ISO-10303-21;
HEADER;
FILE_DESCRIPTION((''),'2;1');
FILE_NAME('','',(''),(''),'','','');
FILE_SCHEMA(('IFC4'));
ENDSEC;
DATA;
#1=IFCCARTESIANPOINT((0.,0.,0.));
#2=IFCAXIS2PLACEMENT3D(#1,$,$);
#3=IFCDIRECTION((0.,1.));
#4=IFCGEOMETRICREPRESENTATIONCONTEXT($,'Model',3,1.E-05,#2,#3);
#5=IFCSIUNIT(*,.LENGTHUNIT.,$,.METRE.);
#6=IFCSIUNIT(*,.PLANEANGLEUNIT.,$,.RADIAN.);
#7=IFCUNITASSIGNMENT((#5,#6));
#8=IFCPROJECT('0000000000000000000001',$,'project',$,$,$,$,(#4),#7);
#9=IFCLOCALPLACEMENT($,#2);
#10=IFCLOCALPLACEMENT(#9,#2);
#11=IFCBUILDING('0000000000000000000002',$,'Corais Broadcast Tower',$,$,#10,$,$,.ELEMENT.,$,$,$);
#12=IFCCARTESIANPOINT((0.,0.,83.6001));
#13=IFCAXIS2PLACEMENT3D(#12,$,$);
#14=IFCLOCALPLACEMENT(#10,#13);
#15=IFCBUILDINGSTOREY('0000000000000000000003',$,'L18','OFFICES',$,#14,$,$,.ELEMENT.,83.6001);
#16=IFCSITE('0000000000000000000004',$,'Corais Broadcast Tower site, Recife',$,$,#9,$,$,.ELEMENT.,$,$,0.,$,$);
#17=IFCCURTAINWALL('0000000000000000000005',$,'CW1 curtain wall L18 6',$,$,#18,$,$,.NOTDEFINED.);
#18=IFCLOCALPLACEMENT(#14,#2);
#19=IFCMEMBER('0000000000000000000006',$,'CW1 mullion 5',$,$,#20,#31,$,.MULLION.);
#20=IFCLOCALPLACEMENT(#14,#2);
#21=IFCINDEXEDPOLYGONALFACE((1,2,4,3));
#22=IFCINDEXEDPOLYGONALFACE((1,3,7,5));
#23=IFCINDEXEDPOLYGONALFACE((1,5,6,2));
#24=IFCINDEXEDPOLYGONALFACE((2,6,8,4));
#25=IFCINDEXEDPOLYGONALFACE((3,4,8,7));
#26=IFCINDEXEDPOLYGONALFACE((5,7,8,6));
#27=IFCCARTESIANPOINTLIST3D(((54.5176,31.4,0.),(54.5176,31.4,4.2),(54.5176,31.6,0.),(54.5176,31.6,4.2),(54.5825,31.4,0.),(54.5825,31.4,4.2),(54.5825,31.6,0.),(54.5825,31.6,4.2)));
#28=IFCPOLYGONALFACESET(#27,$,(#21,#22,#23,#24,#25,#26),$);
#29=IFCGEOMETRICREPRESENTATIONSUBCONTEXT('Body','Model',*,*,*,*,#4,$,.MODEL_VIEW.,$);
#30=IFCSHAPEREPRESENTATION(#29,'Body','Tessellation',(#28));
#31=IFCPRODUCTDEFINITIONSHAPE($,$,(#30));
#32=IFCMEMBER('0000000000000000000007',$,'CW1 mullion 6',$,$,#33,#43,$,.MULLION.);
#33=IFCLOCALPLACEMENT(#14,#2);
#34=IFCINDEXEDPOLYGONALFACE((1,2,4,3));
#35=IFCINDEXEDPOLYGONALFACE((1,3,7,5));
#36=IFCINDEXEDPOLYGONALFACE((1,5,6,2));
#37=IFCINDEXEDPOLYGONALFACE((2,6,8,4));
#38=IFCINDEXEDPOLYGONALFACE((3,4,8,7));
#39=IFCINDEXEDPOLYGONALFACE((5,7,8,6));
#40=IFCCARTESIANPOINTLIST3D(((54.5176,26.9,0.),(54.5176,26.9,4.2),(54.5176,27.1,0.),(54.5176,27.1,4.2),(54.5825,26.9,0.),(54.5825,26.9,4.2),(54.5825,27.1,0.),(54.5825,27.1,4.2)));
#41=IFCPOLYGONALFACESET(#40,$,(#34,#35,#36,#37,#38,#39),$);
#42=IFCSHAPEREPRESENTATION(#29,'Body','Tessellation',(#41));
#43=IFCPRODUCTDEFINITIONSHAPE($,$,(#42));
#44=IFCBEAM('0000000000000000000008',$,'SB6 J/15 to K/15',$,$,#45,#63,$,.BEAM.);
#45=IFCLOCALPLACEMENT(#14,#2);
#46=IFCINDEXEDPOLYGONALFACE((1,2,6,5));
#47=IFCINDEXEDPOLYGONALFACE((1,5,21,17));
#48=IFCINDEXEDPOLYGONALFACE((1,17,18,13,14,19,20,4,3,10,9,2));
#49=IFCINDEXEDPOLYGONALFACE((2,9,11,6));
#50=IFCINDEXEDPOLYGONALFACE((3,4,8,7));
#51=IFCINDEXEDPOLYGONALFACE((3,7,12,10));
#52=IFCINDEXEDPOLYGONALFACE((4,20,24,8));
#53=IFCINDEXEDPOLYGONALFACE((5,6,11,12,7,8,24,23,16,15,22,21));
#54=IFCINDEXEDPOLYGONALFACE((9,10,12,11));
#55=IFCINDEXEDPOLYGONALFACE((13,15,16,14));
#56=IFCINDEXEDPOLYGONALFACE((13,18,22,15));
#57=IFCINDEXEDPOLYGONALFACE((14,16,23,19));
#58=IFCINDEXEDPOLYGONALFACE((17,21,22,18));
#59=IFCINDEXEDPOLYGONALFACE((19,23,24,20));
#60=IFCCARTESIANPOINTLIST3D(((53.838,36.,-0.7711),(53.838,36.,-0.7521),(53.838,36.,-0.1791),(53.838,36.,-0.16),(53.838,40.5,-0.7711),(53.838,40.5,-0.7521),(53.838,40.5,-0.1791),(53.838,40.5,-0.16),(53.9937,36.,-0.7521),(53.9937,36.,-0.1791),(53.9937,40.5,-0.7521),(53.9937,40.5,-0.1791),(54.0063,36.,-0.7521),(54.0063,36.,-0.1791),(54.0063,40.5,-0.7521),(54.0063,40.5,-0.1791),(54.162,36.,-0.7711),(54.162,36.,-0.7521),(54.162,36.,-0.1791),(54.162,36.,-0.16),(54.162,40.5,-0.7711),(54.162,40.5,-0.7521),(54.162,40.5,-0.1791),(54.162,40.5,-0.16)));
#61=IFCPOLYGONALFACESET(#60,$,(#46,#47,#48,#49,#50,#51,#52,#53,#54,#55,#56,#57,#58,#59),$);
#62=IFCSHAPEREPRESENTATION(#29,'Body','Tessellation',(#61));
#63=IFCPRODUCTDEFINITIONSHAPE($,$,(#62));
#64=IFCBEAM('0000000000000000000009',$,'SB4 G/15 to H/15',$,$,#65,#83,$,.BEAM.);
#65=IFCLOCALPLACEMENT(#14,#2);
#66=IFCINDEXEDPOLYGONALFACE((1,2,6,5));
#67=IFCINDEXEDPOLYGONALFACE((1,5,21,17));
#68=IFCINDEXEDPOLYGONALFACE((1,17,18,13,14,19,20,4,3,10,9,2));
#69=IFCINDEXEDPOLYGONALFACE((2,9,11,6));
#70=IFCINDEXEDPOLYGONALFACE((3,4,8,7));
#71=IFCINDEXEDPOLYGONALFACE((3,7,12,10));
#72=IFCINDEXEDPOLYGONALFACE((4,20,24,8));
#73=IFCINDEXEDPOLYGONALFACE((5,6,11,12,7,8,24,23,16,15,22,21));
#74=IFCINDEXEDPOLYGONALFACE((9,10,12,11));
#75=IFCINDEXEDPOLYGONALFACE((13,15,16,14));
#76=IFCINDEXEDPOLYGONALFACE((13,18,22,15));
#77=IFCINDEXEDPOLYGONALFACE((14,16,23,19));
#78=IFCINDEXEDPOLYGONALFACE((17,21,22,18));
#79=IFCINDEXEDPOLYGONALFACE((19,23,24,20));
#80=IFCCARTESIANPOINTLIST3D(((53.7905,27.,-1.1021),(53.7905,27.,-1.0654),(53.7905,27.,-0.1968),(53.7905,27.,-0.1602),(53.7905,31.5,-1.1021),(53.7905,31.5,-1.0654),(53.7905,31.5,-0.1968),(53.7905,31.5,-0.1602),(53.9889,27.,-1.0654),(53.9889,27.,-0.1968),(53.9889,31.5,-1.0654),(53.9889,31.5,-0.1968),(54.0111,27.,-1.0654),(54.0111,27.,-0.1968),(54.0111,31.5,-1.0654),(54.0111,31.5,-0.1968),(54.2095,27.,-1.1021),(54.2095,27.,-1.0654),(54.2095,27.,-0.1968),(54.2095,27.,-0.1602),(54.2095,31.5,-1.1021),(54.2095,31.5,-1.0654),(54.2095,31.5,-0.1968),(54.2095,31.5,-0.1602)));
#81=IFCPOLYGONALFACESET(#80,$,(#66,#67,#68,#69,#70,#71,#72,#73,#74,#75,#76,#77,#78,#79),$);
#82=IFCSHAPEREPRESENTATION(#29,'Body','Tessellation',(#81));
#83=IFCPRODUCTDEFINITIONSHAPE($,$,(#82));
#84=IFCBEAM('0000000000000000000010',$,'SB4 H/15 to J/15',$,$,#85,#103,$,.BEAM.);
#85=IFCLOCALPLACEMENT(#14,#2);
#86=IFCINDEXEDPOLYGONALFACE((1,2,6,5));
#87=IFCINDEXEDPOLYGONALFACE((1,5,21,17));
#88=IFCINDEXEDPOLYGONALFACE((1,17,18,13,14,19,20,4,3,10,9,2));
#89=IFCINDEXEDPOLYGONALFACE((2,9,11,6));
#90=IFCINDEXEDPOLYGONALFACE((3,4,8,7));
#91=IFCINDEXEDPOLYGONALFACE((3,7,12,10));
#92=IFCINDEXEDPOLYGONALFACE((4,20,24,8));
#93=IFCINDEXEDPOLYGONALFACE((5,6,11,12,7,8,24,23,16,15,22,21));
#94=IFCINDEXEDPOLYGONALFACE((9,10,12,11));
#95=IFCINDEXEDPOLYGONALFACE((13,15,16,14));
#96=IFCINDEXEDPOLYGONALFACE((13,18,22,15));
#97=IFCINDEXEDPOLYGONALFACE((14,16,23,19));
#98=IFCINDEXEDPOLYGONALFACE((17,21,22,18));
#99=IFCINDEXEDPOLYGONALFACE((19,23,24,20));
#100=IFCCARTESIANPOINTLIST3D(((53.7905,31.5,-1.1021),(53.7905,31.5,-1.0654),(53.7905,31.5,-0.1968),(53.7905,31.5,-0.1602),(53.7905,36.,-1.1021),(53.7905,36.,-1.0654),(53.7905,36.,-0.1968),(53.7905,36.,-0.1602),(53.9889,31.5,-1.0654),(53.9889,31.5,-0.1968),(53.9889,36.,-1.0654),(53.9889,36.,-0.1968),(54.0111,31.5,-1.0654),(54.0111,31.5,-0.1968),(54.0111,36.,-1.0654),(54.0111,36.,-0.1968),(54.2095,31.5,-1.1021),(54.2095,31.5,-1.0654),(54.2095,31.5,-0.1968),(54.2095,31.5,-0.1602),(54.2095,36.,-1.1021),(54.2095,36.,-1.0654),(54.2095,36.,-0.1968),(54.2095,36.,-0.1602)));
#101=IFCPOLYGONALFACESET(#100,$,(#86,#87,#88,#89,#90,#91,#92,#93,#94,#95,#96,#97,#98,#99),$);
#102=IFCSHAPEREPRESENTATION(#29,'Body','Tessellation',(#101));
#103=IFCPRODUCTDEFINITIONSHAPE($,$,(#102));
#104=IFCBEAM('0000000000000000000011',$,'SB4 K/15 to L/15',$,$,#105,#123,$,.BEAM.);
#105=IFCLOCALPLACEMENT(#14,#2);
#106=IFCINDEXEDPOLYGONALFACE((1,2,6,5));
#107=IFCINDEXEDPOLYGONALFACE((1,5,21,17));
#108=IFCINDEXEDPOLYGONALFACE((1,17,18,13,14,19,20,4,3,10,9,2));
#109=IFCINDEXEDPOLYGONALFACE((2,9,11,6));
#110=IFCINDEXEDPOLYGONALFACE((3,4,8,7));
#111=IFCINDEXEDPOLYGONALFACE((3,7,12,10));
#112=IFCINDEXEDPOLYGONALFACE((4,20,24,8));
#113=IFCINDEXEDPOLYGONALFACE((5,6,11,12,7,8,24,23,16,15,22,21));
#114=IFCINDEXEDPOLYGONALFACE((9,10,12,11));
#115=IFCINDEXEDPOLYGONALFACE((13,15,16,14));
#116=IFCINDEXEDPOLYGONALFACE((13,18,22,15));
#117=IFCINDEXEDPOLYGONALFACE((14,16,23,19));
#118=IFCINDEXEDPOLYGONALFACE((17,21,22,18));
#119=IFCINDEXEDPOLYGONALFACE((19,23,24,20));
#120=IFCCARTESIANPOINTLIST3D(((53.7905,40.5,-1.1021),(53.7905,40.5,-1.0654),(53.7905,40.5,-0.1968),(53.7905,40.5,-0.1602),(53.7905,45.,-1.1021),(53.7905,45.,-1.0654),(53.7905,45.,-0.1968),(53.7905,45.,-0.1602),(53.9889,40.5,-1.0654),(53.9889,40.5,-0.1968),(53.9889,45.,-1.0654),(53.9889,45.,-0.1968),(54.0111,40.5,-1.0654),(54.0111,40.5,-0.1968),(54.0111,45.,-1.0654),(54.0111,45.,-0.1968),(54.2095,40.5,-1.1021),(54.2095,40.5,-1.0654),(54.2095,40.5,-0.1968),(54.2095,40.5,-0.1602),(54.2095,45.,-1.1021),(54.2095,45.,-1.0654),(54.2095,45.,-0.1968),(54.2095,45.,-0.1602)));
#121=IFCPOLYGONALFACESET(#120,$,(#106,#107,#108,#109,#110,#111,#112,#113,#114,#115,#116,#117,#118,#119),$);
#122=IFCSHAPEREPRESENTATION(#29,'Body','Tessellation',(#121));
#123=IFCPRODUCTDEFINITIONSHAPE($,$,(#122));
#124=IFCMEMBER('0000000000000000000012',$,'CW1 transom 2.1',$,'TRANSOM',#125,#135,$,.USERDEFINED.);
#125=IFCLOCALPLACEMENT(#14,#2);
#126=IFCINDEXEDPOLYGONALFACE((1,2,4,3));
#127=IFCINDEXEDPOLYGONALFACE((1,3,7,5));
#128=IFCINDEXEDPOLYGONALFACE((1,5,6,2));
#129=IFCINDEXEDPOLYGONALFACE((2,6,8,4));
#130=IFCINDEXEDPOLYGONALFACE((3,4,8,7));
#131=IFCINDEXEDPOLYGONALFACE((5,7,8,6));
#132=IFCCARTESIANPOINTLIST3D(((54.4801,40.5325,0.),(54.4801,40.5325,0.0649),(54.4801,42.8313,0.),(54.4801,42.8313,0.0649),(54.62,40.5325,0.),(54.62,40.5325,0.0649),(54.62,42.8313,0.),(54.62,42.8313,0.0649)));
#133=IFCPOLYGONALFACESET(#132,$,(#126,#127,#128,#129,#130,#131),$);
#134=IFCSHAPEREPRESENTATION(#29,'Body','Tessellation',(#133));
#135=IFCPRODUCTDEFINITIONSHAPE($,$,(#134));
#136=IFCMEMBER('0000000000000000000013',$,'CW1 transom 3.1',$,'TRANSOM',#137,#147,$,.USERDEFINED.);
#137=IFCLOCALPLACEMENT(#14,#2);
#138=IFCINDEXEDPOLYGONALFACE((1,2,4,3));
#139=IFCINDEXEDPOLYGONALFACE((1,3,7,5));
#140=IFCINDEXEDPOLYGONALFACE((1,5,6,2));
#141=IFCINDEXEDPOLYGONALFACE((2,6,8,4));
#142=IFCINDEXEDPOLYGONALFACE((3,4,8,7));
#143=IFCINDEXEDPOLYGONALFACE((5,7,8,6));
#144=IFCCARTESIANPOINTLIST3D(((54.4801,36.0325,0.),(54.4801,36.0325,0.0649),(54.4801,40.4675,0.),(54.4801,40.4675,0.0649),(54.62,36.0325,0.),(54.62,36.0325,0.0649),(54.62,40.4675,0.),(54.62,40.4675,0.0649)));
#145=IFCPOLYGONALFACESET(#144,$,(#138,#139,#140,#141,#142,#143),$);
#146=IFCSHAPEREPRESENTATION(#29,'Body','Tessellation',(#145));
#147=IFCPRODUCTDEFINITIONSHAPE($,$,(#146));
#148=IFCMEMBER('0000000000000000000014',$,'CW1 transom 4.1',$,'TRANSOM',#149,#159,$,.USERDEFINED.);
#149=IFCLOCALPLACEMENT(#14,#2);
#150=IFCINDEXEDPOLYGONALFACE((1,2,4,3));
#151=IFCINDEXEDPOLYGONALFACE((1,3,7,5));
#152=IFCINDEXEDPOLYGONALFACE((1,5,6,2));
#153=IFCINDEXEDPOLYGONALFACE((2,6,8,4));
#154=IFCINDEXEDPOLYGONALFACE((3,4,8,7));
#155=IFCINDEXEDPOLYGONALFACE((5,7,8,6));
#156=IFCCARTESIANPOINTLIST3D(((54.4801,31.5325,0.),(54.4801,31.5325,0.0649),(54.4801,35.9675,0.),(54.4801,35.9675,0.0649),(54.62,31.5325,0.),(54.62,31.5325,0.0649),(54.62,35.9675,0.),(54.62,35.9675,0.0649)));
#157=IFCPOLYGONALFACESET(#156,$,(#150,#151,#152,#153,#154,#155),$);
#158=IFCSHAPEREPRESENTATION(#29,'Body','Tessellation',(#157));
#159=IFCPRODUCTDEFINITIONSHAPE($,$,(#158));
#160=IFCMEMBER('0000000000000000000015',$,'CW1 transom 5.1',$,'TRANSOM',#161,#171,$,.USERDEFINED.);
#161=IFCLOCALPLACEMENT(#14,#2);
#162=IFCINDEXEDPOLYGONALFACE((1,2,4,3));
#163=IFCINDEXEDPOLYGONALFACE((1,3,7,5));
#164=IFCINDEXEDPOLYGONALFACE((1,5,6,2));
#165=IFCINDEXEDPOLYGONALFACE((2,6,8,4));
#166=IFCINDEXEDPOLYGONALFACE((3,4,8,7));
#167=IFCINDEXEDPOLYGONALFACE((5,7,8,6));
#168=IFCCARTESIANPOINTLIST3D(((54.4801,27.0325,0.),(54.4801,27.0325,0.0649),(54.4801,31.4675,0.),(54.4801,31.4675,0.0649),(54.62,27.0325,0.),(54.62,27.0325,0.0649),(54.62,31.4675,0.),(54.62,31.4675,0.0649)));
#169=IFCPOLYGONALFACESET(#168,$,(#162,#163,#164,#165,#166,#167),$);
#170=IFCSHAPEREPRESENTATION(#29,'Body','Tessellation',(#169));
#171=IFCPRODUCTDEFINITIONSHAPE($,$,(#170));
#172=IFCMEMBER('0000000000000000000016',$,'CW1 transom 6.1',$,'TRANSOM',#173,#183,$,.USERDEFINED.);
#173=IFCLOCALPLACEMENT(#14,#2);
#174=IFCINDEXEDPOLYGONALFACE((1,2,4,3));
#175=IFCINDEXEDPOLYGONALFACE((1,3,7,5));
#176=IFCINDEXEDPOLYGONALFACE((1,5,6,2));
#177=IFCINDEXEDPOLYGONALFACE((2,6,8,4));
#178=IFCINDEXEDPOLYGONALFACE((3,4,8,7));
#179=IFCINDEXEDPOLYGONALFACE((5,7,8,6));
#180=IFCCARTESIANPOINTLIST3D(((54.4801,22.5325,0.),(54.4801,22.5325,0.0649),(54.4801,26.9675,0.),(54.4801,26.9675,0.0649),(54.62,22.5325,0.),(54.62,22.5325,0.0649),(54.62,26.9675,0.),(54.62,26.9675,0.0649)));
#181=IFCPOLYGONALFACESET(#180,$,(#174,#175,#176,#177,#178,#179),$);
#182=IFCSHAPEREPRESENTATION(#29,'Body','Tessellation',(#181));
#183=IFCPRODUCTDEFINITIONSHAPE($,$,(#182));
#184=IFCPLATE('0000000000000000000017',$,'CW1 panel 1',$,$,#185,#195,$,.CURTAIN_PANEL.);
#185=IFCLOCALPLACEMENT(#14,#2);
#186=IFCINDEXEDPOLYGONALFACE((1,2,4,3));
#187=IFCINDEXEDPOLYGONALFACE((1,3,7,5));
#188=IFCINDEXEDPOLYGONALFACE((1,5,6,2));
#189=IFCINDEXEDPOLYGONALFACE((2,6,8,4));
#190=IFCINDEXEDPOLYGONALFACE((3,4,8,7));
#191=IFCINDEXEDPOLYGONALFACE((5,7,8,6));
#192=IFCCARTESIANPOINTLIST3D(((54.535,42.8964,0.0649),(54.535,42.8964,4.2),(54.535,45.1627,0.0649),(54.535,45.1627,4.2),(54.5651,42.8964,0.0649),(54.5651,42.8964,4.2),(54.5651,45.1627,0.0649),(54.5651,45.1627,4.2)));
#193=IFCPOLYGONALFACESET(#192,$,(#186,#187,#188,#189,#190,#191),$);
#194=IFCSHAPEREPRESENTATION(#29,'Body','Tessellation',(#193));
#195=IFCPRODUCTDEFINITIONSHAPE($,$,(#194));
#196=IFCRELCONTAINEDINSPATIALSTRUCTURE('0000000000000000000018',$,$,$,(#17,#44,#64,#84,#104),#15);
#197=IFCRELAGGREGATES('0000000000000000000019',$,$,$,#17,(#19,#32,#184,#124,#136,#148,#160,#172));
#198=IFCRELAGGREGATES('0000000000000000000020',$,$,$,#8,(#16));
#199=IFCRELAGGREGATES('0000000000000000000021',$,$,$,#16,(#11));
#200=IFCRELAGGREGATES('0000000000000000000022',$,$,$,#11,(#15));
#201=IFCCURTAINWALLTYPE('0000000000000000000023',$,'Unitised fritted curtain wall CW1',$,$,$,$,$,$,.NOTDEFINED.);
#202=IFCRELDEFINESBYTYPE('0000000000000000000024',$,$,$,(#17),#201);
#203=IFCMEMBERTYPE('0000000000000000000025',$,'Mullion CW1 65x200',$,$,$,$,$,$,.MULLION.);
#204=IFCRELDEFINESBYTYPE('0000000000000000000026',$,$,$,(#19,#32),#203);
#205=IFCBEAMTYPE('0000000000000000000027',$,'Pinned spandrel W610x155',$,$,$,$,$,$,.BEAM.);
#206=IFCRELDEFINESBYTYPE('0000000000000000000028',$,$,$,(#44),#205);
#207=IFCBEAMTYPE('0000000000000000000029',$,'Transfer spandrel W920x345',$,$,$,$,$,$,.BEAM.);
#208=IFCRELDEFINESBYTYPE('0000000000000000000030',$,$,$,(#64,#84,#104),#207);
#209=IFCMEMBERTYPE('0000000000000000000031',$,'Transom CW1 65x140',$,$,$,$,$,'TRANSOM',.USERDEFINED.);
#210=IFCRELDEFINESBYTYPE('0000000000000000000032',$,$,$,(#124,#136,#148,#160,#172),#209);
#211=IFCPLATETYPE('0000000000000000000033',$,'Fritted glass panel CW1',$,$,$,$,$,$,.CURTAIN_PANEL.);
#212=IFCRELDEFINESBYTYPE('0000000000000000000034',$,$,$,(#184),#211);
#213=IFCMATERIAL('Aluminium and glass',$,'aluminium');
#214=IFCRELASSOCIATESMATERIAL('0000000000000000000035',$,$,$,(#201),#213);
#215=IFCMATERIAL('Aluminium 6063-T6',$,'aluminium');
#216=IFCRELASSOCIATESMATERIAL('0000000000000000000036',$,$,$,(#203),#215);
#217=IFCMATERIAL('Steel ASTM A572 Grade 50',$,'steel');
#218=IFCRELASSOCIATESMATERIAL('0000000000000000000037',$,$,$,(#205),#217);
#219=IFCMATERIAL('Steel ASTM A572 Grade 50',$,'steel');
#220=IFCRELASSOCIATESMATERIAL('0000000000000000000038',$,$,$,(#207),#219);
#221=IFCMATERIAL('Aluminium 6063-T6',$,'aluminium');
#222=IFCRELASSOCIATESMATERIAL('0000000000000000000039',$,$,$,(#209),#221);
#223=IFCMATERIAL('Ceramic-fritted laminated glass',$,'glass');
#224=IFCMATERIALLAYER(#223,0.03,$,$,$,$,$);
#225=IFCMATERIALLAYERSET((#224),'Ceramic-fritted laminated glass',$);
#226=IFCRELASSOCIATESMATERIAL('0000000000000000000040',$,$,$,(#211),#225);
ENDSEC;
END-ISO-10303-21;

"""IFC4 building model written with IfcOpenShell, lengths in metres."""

from ifc_helpers import new_model, si_unit, direction, frame, origin, origin_2d, place, context, subcontext, project, spatial, rectangle, i_section, extrude, material, layer, layer_set, material_profile, profile_set, type_object, element, aggregate, save


model = new_model("IFC4")

# Units and contexts
model_context = context("Model", 3, precision=1e-05, world=origin(), true_north=direction((0.0, 1.0)))
body_context = subcontext(model_context, "Body", "Model", "MODEL_VIEW")
ifc_project = project(units=[si_unit("LENGTHUNIT", "METRE"), si_unit("PLANEANGLEUNIT", "RADIAN")], contexts=[model_context])

# Site, building, storey
site_placement = place(None, origin())
site = spatial("IfcSite", under=ifc_project, at=site_placement, Name="Corais Broadcast Tower site, Recife", CompositionType="ELEMENT", RefElevation=0.0)
building_placement = place(site_placement, origin())
building = spatial("IfcBuilding", under=site, at=building_placement, Name="Corais Broadcast Tower", CompositionType="ELEMENT")
storey_placement = place(building_placement, frame((0.0, 0.0, 83.6001)))
storey = spatial("IfcBuildingStorey", under=building, at=storey_placement, Name="L18", Description="OFFICES", CompositionType="ELEMENT", Elevation=83.6001)

# Curtain wall, members
ifc_material_1 = material(Name="Aluminium and glass", Category="aluminium")
curtain_wall_type = type_object("IfcCurtainWallType", Name="Unitised fritted curtain wall CW1", PredefinedType="NOTDEFINED", material=ifc_material_1)
curtain_wall_placement = place(storey_placement, origin())
curtain_wall = element("IfcCurtainWall", 1, at=curtain_wall_placement, inside=storey, type_object=curtain_wall_type, Name="CW1 curtain wall L18 6", PredefinedType="NOTDEFINED")
ifc_material_2 = material(Name="Aluminium 6063-T6", Category="aluminium")
ifc_material_profile_1 = material_profile(ifc_material_2, rectangle(XDim=0.0649, YDim=0.2, at=origin_2d()), Name="Mullion CW1 65x200")
ifc_profile_set_1 = profile_set([ifc_material_profile_1], Name="Aluminium 6063-T6")
member_type_1 = type_object("IfcMemberType", Name="Mullion CW1 65x200", PredefinedType="MULLION", material=ifc_profile_set_1)
member_1_placement = place(storey_placement, frame((54.55, 31.5, 0.0), z_axis=(0.0, 0.0, 1.0), x_axis=(1.0, 0.0, 0.0)))
member_1 = element("IfcMember", 2, at=member_1_placement, type_object=member_type_1, Name="CW1 mullion 5", PredefinedType="MULLION", context=body_context, shape_type="SweptSolid", body=[
    extrude(rectangle(XDim=0.0649, YDim=0.2, at=origin_2d()), origin(), (0.0, 0.0, 1.0), 4.2),
])
member_2_placement = place(storey_placement, frame((54.55, 27.0, 0.0), z_axis=(0.0, 0.0, 1.0), x_axis=(1.0, 0.0, 0.0)))
member_2 = element("IfcMember", 3, at=member_2_placement, type_object=member_type_1, Name="CW1 mullion 6", PredefinedType="MULLION", context=body_context, shape_type="SweptSolid", body=[
    extrude(rectangle(XDim=0.0649, YDim=0.2, at=origin_2d()), origin(), (0.0, 0.0, 1.0), 4.2),
])

# Beams
ifc_material_3 = material(Name="Steel ASTM A572 Grade 50", Category="steel")
ifc_material_profile_2 = material_profile(ifc_material_3, i_section(OverallWidth=0.324, OverallDepth=0.6111, WebThickness=0.0127, FlangeThickness=0.019, at=origin_2d()), Name="W610x155")
ifc_profile_set_2 = profile_set([ifc_material_profile_2], Name="Steel ASTM A572 Grade 50")
beam_type_1 = type_object("IfcBeamType", Name="Pinned spandrel W610x155", PredefinedType="BEAM", material=ifc_profile_set_2)
beam_placement = place(storey_placement, frame((54.0, 36.0, -0.4656), z_axis=(0.0, 1.0, 0.0), x_axis=(-1.0, 0.0, 0.0)))
element("IfcBeam", 4, at=beam_placement, inside=storey, type_object=beam_type_1, Name="SB6 J/15 to K/15", PredefinedType="BEAM", context=body_context, shape_type="SweptSolid", body=[
    extrude(i_section(OverallWidth=0.324, OverallDepth=0.6111, WebThickness=0.0127, FlangeThickness=0.019, at=origin_2d()), origin(), (0.0, 0.0, 1.0), 4.5),
])
ifc_material_4 = material(Name="Steel ASTM A572 Grade 50", Category="steel")
ifc_material_profile_3 = material_profile(ifc_material_4, i_section(OverallWidth=0.4189, OverallDepth=0.9419, WebThickness=0.0222, FlangeThickness=0.0366, at=origin_2d()), Name="W920x345")
ifc_profile_set_3 = profile_set([ifc_material_profile_3], Name="Steel ASTM A572 Grade 50")
beam_type_2 = type_object("IfcBeamType", Name="Transfer spandrel W920x345", PredefinedType="BEAM", material=ifc_profile_set_3)
for number, where, z_axis, x_axis, name in (
    (5, (54.0, 27.0, -0.6311), (0.0, 1.0, 0.0), (-1.0, 0.0, 0.0), "SB4 G/15 to H/15"),
    (6, (54.0, 31.5, -0.6311), (0.0, 1.0, 0.0), (-1.0, 0.0, 0.0), "SB4 H/15 to J/15"),
    (7, (54.0, 40.5, -0.6311), (0.0, 1.0, 0.0), (-1.0, 0.0, 0.0), "SB4 K/15 to L/15"),
):
    element("IfcBeam", number, at=place(storey_placement, frame(where, z_axis=z_axis, x_axis=x_axis)), inside=storey, type_object=beam_type_2, Name=name, PredefinedType="BEAM", context=body_context, shape_type="SweptSolid", body=[
        extrude(i_section(OverallWidth=0.4189, OverallDepth=0.9419, WebThickness=0.0222, FlangeThickness=0.0366, at=origin_2d()), origin(), (0.0, 0.0, 1.0), 4.5),
    ])

# Members
ifc_material_5 = material(Name="Aluminium 6063-T6", Category="aluminium")
ifc_material_profile_4 = material_profile(ifc_material_5, rectangle(XDim=0.1399, YDim=0.0649, at=origin_2d()), Name="Transom CW1 65x140")
ifc_profile_set_4 = profile_set([ifc_material_profile_4], Name="Aluminium 6063-T6")
member_type_2 = type_object("IfcMemberType", Name="Transom CW1 65x140", ElementType="TRANSOM", PredefinedType="USERDEFINED", material=ifc_profile_set_4)
member_3_placement = place(storey_placement, frame((54.55, 42.8313, 0.0325), z_axis=(0.0, -1.0, 0.0), x_axis=(1.0, 0.0, 0.0)))
member_3 = element("IfcMember", 8, at=member_3_placement, type_object=member_type_2, Name="CW1 transom 2.1", ObjectType="TRANSOM", PredefinedType="USERDEFINED", context=body_context, shape_type="SweptSolid", body=[
    extrude(rectangle(XDim=0.1399, YDim=0.0649, at=origin_2d()), origin(), (0.0, 0.0, 1.0), 2.2988),
])
member_4_placement = place(storey_placement, frame((54.55, 40.4675, 0.0325), z_axis=(0.0, -1.0, 0.0), x_axis=(1.0, 0.0, 0.0)))
member_4 = element("IfcMember", 9, at=member_4_placement, type_object=member_type_2, Name="CW1 transom 3.1", ObjectType="TRANSOM", PredefinedType="USERDEFINED", context=body_context, shape_type="SweptSolid", body=[
    extrude(rectangle(XDim=0.1399, YDim=0.0649, at=origin_2d()), origin(), (0.0, 0.0, 1.0), 4.4351),
])
member_5_placement = place(storey_placement, frame((54.55, 35.9675, 0.0325), z_axis=(0.0, -1.0, 0.0), x_axis=(1.0, 0.0, 0.0)))
member_5 = element("IfcMember", 10, at=member_5_placement, type_object=member_type_2, Name="CW1 transom 4.1", ObjectType="TRANSOM", PredefinedType="USERDEFINED", context=body_context, shape_type="SweptSolid", body=[
    extrude(rectangle(XDim=0.1399, YDim=0.0649, at=origin_2d()), origin(), (0.0, 0.0, 1.0), 4.4351),
])
member_6_placement = place(storey_placement, frame((54.55, 31.4675, 0.0325), z_axis=(0.0, -1.0, 0.0), x_axis=(1.0, 0.0, 0.0)))
member_6 = element("IfcMember", 11, at=member_6_placement, type_object=member_type_2, Name="CW1 transom 5.1", ObjectType="TRANSOM", PredefinedType="USERDEFINED", context=body_context, shape_type="SweptSolid", body=[
    extrude(rectangle(XDim=0.1399, YDim=0.0649, at=origin_2d()), origin(), (0.0, 0.0, 1.0), 4.4351),
])
member_7_placement = place(storey_placement, frame((54.55, 26.9675, 0.0325), z_axis=(0.0, -1.0, 0.0), x_axis=(1.0, 0.0, 0.0)))
member_7 = element("IfcMember", 12, at=member_7_placement, type_object=member_type_2, Name="CW1 transom 6.1", ObjectType="TRANSOM", PredefinedType="USERDEFINED", context=body_context, shape_type="SweptSolid", body=[
    extrude(rectangle(XDim=0.1399, YDim=0.0649, at=origin_2d()), origin(), (0.0, 0.0, 1.0), 4.4351),
])

# Plate
ifc_material_6 = material(Name="Ceramic-fritted laminated glass", Category="glass")
ifc_layer_1 = layer(ifc_material_6, 0.03)
ifc_layer_set_1 = layer_set([ifc_layer_1], Name="Ceramic-fritted laminated glass")
plate_type_1 = type_object("IfcPlateType", Name="Fritted glass panel CW1", PredefinedType="CURTAIN_PANEL", material=ifc_layer_set_1)
plate_1_placement = place(storey_placement, frame((54.55, 44.0295, 0.0649), z_axis=(0.0, 0.0, 1.0), x_axis=(0.0, -1.0, 0.0)))
plate_1 = element("IfcPlate", 13, at=plate_1_placement, type_object=plate_type_1, Name="CW1 panel 1", PredefinedType="CURTAIN_PANEL", context=body_context, shape_type="SweptSolid", body=[
    extrude(rectangle(XDim=2.2664, YDim=0.03, at=origin_2d()), origin(), (0.0, 0.0, 1.0), 4.135),
])
aggregate(curtain_wall, [member_1, member_2, plate_1, member_3, member_4, member_5, member_6, member_7])

save(model, "model.ifc")
